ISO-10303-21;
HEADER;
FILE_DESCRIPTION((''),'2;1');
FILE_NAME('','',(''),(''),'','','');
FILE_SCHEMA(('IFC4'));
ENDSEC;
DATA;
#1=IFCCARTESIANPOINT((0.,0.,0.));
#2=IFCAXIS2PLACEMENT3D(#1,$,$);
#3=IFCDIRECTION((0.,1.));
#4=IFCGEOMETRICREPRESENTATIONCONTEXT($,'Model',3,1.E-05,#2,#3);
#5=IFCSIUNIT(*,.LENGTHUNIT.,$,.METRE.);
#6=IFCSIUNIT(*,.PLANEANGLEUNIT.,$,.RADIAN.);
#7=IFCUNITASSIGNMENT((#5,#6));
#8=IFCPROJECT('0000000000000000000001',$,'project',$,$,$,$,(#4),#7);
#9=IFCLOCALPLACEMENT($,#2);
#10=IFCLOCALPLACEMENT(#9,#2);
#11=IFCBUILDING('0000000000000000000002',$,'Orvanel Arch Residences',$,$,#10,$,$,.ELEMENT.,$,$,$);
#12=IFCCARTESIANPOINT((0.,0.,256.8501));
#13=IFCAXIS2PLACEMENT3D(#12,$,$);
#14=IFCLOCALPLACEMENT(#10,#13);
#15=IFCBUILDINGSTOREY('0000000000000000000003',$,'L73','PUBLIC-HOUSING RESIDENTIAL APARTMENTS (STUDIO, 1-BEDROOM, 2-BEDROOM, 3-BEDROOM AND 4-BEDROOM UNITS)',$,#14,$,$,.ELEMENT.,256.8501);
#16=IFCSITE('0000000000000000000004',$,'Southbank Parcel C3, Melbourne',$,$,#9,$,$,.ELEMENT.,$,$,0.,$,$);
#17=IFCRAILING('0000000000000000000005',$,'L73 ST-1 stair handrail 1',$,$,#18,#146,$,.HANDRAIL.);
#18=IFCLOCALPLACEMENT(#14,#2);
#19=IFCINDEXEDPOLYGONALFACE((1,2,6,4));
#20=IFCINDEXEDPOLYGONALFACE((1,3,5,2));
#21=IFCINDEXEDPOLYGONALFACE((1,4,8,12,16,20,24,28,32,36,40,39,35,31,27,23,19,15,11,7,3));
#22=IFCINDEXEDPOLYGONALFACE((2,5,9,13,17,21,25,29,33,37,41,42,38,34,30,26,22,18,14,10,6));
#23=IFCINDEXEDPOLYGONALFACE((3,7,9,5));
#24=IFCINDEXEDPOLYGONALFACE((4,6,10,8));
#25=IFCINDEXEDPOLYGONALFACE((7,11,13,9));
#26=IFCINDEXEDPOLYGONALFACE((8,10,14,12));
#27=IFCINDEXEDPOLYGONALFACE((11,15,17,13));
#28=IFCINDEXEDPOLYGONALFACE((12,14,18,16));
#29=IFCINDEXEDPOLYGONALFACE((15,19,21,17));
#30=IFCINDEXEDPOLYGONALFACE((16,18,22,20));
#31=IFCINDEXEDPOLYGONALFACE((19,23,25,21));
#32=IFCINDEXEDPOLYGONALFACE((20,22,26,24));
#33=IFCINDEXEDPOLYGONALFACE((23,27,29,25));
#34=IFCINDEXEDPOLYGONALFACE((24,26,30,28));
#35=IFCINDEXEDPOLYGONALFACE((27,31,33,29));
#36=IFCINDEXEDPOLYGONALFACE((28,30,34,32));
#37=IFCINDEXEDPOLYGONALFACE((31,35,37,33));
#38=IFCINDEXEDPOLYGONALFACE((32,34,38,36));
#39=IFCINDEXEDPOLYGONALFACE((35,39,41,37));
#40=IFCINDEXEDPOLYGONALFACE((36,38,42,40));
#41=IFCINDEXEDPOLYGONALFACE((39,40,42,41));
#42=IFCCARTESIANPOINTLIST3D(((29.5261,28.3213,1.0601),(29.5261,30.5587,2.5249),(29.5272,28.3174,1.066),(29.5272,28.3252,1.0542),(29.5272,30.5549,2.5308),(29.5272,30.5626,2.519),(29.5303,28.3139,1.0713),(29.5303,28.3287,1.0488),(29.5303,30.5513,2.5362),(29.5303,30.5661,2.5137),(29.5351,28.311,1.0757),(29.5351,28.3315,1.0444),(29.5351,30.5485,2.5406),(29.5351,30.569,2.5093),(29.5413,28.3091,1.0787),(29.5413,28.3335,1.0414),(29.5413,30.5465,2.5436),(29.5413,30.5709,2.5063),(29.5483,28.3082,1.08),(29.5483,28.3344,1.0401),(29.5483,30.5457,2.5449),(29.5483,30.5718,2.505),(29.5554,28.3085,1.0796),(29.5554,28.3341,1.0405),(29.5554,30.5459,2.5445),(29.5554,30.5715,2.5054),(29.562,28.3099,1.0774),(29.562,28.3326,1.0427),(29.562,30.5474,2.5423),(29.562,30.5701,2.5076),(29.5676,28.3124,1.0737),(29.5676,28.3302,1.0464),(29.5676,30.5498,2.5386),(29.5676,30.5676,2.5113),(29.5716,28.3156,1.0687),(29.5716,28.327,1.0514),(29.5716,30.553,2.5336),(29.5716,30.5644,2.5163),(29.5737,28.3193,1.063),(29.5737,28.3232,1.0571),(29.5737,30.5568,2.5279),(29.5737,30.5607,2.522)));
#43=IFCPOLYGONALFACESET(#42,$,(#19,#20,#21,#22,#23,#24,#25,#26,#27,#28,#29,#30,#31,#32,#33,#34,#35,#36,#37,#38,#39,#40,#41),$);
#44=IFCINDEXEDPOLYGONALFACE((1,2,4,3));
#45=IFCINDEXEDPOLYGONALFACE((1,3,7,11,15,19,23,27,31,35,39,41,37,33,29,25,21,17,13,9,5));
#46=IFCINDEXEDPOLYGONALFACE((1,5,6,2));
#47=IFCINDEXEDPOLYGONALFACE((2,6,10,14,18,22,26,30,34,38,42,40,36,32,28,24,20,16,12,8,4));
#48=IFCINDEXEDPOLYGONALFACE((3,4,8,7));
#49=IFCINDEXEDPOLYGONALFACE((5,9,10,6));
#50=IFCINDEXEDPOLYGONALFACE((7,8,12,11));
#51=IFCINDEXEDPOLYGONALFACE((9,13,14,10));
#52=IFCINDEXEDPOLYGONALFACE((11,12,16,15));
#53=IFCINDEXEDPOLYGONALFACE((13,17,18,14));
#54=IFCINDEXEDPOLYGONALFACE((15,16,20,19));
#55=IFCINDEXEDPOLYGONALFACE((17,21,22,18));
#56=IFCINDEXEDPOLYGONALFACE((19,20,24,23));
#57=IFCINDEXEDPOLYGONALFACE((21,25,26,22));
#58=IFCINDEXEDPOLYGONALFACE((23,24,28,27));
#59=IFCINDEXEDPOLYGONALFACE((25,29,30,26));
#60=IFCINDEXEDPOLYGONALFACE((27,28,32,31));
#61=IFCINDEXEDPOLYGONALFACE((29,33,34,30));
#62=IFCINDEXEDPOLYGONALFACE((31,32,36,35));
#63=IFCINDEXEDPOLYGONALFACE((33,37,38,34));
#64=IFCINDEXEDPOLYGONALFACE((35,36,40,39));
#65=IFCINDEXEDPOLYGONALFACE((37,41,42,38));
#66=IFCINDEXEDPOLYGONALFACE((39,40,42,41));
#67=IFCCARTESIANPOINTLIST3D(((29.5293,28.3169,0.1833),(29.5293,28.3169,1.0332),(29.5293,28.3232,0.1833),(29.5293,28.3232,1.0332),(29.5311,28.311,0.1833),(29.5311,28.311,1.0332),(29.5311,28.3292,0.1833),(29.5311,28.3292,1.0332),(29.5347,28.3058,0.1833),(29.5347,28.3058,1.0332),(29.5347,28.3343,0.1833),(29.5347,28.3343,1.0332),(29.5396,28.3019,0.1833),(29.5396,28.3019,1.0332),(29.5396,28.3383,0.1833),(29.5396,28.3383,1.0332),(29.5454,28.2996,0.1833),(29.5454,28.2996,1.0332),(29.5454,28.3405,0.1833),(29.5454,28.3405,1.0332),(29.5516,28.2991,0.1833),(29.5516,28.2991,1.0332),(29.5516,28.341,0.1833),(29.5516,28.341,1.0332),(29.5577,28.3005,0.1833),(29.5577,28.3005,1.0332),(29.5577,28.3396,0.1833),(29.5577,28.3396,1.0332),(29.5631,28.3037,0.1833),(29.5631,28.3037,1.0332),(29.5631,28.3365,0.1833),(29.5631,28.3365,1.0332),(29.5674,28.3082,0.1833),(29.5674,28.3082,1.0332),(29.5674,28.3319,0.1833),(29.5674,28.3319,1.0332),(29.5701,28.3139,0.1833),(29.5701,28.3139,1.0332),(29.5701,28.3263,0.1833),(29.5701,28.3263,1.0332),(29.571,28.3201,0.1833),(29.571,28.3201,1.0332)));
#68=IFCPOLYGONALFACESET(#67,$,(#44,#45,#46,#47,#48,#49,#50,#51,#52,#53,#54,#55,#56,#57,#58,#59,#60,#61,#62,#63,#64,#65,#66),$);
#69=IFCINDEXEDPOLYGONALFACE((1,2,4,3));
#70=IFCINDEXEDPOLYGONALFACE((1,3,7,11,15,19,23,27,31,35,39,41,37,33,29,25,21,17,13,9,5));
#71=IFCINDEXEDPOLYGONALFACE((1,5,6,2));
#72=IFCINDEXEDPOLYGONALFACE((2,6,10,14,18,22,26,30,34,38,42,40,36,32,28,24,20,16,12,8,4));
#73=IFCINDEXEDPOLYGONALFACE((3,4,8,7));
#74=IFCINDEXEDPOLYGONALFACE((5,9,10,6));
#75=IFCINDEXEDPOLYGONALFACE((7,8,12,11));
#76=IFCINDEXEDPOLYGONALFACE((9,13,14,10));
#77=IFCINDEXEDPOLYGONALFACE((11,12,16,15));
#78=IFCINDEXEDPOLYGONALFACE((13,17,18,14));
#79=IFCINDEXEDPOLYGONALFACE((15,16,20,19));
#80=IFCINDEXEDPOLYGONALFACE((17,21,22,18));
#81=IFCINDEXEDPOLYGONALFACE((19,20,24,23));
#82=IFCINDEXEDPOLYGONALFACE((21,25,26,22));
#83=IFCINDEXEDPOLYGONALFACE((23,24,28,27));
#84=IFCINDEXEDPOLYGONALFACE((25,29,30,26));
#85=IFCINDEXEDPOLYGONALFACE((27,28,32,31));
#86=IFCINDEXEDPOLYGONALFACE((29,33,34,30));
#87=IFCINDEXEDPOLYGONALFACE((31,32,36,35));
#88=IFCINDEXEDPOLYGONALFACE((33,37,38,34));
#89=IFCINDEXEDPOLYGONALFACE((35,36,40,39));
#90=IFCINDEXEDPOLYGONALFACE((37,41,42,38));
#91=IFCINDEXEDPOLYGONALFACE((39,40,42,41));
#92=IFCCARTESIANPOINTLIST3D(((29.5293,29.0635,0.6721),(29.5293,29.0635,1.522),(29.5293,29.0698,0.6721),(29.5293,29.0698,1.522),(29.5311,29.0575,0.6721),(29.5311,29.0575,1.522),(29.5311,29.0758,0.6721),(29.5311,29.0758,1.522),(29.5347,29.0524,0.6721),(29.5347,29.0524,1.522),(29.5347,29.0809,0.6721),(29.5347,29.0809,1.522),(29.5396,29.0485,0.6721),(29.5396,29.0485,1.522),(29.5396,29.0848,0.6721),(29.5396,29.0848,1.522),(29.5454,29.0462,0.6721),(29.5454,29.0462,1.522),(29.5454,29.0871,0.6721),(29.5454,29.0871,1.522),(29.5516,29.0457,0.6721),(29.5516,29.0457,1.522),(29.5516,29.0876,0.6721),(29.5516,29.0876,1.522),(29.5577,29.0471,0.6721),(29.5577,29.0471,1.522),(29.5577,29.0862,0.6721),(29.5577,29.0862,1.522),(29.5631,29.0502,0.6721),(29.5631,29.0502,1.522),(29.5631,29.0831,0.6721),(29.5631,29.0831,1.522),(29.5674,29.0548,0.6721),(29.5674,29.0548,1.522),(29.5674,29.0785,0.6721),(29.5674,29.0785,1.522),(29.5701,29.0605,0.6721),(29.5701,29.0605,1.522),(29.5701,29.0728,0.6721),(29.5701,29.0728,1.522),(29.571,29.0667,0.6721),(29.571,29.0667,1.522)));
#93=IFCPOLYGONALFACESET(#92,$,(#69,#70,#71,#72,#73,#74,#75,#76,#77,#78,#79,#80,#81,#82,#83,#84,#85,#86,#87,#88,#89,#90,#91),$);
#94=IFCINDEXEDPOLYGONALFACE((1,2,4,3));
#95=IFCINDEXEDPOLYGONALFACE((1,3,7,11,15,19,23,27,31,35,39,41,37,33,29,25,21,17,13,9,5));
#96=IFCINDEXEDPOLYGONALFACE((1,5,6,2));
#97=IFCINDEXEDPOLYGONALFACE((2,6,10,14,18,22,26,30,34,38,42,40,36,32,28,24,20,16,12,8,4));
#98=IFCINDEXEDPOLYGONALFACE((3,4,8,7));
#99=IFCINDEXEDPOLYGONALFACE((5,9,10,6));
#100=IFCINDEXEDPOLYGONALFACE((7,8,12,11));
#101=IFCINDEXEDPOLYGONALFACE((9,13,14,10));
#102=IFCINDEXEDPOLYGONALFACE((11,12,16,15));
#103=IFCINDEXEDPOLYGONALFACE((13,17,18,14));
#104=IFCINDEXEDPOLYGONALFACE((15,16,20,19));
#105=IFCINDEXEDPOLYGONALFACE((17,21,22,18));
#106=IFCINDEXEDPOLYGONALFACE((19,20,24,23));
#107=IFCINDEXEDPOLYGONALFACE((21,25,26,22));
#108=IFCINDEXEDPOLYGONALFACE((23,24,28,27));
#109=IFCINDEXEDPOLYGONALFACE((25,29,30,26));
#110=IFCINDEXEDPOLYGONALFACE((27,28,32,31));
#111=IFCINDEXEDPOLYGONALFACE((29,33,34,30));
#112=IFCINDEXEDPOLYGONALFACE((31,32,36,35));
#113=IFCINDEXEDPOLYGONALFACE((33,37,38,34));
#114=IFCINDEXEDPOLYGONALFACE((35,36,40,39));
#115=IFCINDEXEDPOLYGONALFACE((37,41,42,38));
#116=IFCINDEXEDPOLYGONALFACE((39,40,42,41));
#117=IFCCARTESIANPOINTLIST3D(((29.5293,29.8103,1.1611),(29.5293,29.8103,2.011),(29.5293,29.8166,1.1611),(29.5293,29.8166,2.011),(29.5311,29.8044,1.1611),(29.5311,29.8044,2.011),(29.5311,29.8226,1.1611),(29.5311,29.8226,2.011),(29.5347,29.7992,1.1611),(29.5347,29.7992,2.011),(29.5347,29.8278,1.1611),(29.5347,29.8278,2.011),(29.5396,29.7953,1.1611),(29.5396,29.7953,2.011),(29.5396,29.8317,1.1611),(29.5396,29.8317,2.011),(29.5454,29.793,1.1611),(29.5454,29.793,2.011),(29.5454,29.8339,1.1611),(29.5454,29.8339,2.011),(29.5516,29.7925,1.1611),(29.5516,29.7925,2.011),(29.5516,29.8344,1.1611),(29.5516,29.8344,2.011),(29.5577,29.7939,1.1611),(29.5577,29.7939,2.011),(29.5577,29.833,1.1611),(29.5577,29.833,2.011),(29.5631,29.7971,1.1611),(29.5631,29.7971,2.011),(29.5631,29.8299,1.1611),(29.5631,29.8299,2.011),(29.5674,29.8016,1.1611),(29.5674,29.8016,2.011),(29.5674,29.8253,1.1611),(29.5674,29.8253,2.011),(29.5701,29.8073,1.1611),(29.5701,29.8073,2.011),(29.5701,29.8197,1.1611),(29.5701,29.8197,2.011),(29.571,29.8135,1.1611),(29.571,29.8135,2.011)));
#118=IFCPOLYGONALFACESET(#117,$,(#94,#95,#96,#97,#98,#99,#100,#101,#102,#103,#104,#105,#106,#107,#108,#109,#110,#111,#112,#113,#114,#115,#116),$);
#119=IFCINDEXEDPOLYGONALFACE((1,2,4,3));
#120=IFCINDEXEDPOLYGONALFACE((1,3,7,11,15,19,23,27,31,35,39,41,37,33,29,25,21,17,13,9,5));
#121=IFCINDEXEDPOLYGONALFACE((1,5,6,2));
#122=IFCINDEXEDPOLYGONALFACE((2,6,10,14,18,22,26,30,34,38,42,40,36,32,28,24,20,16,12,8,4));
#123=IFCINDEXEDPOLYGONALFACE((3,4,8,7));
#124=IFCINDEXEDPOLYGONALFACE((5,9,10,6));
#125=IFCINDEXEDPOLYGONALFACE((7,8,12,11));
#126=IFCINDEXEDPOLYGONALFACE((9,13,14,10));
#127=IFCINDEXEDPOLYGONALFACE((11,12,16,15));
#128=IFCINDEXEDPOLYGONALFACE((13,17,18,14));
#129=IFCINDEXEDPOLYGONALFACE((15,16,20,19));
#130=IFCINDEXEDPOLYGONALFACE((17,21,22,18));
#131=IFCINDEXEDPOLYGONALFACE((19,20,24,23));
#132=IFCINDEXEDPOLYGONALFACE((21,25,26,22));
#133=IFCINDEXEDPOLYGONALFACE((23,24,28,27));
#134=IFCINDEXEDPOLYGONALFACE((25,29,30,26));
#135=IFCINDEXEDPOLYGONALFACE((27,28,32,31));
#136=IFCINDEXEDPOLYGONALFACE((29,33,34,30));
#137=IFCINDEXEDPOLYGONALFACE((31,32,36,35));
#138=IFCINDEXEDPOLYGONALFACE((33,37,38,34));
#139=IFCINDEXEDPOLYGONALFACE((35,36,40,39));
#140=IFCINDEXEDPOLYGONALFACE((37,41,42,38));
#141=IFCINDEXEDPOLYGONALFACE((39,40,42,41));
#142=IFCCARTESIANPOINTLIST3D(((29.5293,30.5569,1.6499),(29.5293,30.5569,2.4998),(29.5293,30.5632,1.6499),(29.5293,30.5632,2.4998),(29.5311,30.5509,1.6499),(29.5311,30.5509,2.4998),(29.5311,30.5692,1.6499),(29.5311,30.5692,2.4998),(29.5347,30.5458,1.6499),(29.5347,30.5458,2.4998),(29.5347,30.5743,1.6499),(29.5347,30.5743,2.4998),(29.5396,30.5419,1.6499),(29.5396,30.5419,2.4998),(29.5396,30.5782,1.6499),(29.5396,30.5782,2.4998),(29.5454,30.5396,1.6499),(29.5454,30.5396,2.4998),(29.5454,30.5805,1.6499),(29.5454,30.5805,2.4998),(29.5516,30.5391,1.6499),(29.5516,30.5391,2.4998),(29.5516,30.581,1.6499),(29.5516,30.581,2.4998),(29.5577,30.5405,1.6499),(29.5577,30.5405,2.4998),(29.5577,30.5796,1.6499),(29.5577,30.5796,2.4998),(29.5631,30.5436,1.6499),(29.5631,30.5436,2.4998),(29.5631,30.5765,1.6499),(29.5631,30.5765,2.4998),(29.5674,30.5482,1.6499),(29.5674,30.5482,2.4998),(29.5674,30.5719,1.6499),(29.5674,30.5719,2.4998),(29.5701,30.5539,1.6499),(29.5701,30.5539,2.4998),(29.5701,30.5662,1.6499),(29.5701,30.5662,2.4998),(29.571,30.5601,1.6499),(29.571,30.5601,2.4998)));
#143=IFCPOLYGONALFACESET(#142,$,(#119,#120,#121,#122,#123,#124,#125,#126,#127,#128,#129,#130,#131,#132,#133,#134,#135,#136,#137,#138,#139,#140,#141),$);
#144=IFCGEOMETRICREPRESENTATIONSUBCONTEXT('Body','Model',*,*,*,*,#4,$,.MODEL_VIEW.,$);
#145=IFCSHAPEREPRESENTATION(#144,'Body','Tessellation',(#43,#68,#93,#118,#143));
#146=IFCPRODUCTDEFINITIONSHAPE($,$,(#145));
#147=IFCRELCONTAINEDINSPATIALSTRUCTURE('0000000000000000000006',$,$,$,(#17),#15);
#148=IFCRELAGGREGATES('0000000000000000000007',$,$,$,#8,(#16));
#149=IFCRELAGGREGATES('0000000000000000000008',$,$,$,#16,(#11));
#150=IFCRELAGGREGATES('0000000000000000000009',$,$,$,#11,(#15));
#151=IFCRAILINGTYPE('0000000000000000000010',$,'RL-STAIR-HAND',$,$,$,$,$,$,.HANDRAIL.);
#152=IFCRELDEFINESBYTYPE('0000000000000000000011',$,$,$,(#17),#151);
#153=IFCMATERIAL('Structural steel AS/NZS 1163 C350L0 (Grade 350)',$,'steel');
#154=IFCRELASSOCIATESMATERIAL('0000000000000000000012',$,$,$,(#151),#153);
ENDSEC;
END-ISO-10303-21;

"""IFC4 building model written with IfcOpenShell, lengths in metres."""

from ifc_helpers import new_model, si_unit, direction, frame, origin, origin_2d, place, context, subcontext, project, spatial, circle, extrude, material, type_object, element, save


model = new_model("IFC4")

# Units and contexts
model_context = context("Model", 3, precision=1e-05, world=origin(), true_north=direction((0.0, 1.0)))
body_context = subcontext(model_context, "Body", "Model", "MODEL_VIEW")
ifc_project = project(units=[si_unit("LENGTHUNIT", "METRE"), si_unit("PLANEANGLEUNIT", "RADIAN")], contexts=[model_context])

# Site, building, storey
site_placement = place(None, origin())
site = spatial("IfcSite", under=ifc_project, at=site_placement, Name="Southbank Parcel C3, Melbourne", CompositionType="ELEMENT", RefElevation=0.0)
building_placement = place(site_placement, origin())
building = spatial("IfcBuilding", under=site, at=building_placement, Name="Orvanel Arch Residences", CompositionType="ELEMENT")
storey_placement = place(building_placement, frame((0.0, 0.0, 256.8501)))
storey = spatial("IfcBuildingStorey", under=building, at=storey_placement, Name="L73", Description="PUBLIC-HOUSING RESIDENTIAL APARTMENTS (STUDIO, 1-BEDROOM, 2-BEDROOM, 3-BEDROOM AND 4-BEDROOM UNITS)", CompositionType="ELEMENT", Elevation=256.8501)

# Railing
ifc_material_1 = material(Name="Structural steel AS/NZS 1163 C350L0 (Grade 350)", Category="steel")
railing_type_1 = type_object("IfcRailingType", Name="RL-STAIR-HAND", PredefinedType="HANDRAIL", material=ifc_material_1)
railing_1_placement = place(storey_placement, frame((29.55, 28.3201, 0.1833)))
element("IfcRailing", 1, at=railing_1_placement, inside=storey, type_object=railing_type_1, Name="L73 ST-1 stair handrail 1", PredefinedType="HANDRAIL", context=body_context, shape_type="SweptSolid", body=[
    extrude(circle(Radius=0.0239, at=origin_2d()), frame((0.0, 0.0012, 0.8767), z_axis=(0.0, 0.836637, 0.547758), x_axis=(-1.0, 0.0, 0.0)), (0.0, 0.0, 1.0), 2.6743),
    extrude(circle(Radius=0.021, at=origin_2d()), origin(), (0.0, 0.0, 1.0), 0.8499),
    extrude(circle(Radius=0.021, at=origin_2d()), frame((0.0, 0.7466, 0.4888)), (0.0, 0.0, 1.0), 0.8499),
    extrude(circle(Radius=0.021, at=origin_2d()), frame((0.0, 1.4934, 0.9778)), (0.0, 0.0, 1.0), 0.8499),
    extrude(circle(Radius=0.021, at=origin_2d()), frame((0.0, 2.24, 1.4666)), (0.0, 0.0, 1.0), 0.8499),
])

save(model, "model.ifc")
